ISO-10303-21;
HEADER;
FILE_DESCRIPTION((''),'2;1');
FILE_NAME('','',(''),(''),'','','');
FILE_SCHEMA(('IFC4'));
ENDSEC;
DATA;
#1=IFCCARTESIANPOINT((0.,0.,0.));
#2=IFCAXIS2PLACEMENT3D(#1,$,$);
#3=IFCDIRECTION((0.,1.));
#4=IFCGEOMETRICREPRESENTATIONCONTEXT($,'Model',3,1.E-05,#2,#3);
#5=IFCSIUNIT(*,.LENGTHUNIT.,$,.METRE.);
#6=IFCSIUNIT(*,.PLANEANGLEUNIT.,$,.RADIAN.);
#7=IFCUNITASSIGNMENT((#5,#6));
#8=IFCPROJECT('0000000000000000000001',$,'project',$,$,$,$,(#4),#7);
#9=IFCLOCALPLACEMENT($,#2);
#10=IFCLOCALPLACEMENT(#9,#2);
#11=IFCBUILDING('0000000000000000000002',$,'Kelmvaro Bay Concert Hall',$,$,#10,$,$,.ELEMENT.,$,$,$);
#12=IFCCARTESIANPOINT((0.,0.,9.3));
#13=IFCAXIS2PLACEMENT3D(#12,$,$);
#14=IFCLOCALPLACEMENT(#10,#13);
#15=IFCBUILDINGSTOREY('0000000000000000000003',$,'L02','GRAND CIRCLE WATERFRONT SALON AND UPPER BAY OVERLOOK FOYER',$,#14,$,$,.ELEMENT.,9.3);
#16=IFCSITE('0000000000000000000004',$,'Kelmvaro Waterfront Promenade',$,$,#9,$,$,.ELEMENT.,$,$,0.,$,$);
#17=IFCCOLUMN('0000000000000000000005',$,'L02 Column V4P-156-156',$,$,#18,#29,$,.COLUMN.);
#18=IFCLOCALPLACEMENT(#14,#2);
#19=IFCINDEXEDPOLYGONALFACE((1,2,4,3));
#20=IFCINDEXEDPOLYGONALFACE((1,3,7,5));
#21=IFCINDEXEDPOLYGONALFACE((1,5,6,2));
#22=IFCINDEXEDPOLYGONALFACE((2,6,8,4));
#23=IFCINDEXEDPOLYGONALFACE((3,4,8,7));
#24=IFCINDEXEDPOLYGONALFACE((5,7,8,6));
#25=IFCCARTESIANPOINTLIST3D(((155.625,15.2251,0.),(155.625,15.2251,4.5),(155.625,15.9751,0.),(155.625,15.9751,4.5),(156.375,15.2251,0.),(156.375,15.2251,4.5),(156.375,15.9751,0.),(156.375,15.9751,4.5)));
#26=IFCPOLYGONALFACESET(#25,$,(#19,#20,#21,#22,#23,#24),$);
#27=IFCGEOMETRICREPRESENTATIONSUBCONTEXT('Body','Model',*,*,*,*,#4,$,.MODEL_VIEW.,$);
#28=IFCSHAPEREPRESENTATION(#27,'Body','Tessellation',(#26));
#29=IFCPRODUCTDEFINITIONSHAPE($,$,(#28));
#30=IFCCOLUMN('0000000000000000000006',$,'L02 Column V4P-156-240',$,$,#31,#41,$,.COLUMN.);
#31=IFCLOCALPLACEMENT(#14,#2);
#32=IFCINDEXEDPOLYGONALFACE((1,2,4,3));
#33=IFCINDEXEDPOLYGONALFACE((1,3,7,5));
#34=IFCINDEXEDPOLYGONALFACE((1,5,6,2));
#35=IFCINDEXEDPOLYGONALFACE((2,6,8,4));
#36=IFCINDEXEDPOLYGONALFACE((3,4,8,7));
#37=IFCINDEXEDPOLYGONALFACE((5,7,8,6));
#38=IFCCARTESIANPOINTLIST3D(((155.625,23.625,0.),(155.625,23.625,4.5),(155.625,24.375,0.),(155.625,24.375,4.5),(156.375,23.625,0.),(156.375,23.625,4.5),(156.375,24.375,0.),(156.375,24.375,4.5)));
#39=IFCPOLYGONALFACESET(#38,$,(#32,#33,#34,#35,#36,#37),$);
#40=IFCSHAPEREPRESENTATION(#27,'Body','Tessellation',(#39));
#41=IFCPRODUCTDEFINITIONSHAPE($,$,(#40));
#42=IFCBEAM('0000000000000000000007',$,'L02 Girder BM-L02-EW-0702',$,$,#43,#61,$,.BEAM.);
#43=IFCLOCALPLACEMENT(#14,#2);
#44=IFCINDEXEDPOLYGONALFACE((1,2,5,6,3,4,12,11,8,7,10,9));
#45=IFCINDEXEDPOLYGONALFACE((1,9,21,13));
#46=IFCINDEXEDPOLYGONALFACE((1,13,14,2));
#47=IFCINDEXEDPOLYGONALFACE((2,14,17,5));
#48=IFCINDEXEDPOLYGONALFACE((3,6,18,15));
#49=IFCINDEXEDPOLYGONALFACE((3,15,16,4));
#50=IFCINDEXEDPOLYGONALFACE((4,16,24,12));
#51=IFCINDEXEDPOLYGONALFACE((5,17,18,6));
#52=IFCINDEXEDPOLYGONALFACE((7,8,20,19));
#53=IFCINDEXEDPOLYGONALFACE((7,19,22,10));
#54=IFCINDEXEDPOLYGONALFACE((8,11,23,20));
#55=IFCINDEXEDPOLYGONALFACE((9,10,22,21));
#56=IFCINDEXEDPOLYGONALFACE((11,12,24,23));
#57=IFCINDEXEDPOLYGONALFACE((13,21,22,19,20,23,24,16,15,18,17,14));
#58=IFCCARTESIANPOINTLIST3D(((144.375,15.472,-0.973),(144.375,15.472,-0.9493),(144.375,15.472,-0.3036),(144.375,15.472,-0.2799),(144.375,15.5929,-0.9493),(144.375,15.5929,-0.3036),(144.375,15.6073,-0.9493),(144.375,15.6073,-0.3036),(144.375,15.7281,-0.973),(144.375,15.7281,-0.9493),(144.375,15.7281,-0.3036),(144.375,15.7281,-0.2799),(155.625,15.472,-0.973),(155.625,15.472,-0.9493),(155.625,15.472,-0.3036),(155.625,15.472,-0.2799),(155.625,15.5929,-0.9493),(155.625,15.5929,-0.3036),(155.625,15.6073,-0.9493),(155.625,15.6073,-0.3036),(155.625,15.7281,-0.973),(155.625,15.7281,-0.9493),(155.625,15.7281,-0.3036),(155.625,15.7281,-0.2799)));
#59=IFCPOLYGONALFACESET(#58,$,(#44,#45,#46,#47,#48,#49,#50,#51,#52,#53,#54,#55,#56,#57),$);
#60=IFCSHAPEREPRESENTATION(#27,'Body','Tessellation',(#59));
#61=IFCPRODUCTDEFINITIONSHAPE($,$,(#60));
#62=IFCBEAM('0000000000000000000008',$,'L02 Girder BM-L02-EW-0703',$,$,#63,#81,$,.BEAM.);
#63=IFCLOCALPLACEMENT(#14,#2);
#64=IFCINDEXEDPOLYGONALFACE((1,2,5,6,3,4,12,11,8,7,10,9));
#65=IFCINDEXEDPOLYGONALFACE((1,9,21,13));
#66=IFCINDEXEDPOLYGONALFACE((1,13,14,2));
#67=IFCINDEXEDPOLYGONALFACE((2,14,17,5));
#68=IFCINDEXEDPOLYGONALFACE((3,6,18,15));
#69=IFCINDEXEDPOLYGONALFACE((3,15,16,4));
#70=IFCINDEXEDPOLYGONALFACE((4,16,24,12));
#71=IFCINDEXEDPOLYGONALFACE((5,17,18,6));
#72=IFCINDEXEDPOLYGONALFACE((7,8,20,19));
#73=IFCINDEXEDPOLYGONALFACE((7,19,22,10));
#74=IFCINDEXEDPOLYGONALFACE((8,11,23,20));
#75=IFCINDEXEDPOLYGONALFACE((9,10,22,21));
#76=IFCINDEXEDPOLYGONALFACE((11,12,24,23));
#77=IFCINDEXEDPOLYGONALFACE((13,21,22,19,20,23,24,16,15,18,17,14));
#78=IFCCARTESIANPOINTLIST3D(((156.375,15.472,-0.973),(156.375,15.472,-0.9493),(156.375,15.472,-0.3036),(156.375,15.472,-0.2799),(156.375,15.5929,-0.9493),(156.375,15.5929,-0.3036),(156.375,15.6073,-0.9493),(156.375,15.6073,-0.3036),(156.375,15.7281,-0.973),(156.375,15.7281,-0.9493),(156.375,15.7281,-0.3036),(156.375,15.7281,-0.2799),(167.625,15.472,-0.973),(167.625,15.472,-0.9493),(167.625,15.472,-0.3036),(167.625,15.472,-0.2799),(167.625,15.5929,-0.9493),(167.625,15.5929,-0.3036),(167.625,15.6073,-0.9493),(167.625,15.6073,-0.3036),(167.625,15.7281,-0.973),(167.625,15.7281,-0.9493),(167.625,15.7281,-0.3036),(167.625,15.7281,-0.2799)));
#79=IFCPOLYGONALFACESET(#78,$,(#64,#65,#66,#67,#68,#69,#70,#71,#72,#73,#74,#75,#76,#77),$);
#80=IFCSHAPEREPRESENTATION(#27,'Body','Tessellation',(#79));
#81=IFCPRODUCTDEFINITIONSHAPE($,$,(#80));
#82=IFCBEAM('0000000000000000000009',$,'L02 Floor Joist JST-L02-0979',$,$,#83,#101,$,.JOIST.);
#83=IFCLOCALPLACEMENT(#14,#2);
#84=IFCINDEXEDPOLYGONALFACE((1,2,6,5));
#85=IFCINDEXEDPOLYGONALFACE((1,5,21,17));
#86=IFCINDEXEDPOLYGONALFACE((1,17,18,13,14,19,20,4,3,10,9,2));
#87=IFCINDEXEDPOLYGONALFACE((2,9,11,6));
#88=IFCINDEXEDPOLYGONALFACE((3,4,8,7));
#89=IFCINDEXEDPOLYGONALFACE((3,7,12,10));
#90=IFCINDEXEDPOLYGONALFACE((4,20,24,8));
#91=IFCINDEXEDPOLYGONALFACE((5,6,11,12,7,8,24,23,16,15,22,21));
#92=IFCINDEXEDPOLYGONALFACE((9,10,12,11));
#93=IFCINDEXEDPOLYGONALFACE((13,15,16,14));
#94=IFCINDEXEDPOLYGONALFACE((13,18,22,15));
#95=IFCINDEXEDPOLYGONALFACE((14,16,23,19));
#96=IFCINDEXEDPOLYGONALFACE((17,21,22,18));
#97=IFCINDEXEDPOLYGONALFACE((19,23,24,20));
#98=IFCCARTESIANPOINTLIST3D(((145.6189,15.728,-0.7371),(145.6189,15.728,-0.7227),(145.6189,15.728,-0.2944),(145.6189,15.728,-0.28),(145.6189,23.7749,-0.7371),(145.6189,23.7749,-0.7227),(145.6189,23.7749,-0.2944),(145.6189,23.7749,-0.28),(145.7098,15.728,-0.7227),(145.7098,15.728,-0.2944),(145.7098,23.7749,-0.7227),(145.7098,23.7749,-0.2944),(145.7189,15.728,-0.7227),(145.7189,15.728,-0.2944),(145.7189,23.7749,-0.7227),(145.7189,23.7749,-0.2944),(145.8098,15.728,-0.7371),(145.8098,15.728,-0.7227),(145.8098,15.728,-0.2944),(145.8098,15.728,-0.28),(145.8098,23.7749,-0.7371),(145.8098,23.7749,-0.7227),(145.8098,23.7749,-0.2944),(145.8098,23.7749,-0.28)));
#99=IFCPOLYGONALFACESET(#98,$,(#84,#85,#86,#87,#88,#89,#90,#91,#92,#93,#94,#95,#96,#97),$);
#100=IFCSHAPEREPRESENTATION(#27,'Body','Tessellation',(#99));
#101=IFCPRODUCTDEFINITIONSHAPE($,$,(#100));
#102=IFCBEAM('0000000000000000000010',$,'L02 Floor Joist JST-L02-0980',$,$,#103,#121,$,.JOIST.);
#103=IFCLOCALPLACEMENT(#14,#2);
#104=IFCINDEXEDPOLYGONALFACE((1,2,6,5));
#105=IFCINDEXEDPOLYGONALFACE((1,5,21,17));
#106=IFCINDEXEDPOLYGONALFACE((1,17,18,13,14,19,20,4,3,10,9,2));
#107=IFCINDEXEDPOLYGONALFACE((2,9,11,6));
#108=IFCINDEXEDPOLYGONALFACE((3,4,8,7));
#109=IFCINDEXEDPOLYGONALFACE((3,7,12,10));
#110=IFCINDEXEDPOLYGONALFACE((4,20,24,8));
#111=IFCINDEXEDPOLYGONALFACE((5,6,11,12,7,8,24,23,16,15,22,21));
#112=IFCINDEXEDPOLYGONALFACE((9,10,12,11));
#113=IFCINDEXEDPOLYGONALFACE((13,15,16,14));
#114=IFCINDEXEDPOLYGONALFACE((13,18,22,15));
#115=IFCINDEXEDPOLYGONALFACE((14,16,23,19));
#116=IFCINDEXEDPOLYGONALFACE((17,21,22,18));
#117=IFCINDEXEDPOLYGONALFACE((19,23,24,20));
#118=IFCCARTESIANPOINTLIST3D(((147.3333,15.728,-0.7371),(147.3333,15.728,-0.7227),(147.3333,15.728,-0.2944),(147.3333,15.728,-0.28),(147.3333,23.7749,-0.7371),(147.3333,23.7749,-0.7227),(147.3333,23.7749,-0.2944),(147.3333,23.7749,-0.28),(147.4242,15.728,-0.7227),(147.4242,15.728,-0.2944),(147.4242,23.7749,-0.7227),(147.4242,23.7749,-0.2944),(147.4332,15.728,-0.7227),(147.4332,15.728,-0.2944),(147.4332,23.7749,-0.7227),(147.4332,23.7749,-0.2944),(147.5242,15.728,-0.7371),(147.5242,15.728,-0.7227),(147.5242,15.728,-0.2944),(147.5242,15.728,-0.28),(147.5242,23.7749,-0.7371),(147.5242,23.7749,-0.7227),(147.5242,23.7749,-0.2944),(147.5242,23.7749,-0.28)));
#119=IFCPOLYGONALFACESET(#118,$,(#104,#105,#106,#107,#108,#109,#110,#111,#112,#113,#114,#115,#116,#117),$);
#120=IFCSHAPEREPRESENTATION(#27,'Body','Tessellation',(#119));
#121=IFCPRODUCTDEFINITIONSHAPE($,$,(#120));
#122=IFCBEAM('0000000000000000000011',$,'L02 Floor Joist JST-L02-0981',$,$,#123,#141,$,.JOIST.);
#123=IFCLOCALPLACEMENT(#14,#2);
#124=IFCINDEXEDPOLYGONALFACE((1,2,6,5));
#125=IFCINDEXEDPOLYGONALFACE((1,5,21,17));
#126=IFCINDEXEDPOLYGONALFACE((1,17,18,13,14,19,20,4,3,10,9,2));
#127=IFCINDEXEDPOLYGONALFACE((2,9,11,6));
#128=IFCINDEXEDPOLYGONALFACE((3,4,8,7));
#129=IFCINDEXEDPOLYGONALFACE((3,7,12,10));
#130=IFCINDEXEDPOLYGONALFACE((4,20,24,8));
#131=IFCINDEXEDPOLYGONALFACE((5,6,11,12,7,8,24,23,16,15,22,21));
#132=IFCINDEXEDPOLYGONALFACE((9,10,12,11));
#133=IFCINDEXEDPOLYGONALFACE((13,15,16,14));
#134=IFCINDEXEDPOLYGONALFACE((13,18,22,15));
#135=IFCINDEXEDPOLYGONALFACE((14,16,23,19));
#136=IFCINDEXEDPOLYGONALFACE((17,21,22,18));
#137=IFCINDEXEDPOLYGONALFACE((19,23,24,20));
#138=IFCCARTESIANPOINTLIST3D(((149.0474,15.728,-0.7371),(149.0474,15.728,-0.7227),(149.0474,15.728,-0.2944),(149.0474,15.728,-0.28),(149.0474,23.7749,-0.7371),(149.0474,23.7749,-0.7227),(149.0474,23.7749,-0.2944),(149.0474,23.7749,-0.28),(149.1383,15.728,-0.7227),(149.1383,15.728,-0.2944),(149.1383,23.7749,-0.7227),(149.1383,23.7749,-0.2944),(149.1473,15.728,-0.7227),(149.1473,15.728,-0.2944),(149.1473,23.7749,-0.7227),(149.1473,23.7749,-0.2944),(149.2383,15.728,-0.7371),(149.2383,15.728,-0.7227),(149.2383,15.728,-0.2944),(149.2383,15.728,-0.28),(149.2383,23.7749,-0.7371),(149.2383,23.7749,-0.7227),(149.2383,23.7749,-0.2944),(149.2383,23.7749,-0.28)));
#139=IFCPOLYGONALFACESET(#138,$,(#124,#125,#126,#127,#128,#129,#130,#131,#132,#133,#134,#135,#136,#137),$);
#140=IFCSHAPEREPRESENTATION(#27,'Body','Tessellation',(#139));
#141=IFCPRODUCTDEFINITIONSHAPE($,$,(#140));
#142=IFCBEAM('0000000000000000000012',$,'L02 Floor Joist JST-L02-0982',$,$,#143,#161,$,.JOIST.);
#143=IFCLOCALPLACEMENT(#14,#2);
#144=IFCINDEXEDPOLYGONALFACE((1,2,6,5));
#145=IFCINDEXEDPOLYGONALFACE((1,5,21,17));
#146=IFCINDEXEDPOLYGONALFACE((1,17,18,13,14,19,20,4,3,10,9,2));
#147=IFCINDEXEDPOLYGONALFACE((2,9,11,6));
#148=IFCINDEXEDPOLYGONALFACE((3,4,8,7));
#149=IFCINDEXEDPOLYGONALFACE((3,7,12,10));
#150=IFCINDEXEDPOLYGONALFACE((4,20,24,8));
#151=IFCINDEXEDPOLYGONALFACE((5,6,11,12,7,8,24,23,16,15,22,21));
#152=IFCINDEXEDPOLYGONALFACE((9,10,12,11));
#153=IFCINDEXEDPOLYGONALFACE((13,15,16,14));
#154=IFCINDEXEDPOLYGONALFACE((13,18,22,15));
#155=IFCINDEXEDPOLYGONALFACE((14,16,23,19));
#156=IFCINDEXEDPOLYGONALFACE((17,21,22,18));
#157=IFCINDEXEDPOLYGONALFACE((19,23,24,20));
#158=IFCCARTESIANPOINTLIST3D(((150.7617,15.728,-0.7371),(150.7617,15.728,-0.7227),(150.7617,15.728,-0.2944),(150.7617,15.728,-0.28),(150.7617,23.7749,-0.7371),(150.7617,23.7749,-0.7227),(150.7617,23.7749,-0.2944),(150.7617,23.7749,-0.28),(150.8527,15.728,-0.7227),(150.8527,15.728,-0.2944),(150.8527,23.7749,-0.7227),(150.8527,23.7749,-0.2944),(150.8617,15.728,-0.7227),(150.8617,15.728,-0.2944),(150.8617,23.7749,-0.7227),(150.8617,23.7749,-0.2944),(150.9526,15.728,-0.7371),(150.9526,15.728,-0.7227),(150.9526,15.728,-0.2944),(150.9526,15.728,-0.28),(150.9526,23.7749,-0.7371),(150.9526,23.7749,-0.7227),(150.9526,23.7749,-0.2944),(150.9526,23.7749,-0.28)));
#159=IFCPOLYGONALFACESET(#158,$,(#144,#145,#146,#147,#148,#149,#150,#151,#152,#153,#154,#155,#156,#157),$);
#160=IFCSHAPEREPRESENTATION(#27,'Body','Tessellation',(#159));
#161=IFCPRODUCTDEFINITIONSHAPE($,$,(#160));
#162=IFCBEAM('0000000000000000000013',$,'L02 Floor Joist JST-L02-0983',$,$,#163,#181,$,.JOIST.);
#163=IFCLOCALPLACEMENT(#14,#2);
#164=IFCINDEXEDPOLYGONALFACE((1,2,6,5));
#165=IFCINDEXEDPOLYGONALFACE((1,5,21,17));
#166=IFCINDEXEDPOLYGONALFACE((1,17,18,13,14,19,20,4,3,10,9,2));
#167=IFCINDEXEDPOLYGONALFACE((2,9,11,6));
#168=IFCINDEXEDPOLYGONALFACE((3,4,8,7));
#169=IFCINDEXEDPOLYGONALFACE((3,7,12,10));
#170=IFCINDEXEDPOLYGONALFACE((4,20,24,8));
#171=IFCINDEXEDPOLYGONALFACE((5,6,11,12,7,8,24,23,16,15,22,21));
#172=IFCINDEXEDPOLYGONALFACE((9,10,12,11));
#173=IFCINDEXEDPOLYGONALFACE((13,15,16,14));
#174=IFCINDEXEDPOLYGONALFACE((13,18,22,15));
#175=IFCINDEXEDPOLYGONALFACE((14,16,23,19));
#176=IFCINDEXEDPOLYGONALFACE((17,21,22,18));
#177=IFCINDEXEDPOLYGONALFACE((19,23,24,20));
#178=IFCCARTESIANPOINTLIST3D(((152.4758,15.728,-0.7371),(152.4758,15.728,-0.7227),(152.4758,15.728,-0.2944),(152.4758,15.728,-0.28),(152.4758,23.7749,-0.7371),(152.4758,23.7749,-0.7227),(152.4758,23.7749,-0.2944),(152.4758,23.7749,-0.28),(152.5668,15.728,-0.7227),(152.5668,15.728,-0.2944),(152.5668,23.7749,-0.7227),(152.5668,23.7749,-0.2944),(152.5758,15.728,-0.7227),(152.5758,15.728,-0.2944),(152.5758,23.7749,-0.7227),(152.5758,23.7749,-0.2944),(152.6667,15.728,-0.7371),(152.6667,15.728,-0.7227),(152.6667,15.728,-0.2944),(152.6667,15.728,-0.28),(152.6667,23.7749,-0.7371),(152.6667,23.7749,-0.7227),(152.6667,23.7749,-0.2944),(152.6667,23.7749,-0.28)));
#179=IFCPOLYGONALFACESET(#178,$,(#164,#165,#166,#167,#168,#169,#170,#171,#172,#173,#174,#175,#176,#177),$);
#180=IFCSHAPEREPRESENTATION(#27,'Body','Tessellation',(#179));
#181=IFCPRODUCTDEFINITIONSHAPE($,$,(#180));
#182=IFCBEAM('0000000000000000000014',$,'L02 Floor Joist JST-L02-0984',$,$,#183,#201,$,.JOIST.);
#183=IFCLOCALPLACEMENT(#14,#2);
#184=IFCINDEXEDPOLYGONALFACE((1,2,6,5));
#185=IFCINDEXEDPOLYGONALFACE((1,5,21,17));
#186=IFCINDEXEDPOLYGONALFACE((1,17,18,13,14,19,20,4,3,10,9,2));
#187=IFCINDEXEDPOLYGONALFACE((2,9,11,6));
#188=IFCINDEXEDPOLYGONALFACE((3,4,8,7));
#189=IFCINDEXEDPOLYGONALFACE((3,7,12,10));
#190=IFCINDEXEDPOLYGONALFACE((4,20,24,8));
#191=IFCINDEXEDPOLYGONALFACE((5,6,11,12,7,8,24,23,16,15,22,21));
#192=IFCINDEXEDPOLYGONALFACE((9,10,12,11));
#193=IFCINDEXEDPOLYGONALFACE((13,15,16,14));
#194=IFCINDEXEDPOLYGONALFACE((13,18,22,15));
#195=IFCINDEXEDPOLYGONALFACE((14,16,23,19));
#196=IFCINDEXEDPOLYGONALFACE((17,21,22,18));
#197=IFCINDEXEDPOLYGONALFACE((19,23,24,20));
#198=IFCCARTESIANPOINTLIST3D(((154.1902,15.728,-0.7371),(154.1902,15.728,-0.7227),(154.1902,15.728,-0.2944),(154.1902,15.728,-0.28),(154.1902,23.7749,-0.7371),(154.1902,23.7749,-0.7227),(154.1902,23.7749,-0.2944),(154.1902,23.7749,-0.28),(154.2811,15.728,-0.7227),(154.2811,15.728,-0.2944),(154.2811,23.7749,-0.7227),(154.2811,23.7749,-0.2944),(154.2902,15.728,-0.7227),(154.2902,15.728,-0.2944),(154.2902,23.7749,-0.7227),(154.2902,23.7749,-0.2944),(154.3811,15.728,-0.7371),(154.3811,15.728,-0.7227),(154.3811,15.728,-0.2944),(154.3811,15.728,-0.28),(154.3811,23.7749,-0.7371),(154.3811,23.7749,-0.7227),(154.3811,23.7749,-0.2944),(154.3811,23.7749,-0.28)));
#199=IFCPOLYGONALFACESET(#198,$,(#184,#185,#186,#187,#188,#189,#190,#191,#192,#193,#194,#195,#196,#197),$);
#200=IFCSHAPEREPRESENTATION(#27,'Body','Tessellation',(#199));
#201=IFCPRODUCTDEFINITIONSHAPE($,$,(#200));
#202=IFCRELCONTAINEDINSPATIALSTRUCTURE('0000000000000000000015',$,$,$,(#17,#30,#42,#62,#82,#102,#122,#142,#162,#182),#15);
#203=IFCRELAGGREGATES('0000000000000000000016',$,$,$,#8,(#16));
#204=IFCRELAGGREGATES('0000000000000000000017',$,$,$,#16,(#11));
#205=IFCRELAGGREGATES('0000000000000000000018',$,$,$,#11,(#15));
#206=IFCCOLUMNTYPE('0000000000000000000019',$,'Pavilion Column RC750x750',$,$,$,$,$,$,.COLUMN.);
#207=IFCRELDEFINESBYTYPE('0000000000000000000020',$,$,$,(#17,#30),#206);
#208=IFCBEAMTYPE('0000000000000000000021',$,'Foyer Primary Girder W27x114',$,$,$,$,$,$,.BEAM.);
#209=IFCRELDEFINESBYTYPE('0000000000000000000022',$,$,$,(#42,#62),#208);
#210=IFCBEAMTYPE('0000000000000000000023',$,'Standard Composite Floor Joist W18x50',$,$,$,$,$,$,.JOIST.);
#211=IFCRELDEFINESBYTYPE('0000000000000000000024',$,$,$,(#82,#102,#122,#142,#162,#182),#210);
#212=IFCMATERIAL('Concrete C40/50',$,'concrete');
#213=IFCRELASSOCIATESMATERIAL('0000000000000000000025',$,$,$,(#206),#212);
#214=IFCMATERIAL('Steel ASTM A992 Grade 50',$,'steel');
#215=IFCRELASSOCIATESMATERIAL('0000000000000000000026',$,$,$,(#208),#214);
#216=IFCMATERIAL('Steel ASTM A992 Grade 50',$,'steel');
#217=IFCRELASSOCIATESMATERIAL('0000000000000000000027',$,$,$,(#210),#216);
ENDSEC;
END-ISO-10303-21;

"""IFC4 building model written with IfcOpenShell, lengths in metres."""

from ifc_helpers import new_model, si_unit, direction, frame, origin, origin_2d, place, context, subcontext, project, spatial, rectangle, i_section, extrude, material, material_profile, profile_set, type_object, element, save


model = new_model("IFC4")

# Units and contexts
model_context = context("Model", 3, precision=1e-05, world=origin(), true_north=direction((0.0, 1.0)))
body_context = subcontext(model_context, "Body", "Model", "MODEL_VIEW")
ifc_project = project(units=[si_unit("LENGTHUNIT", "METRE"), si_unit("PLANEANGLEUNIT", "RADIAN")], contexts=[model_context])

# Site, building, storey
site_placement = place(None, origin())
site = spatial("IfcSite", under=ifc_project, at=site_placement, Name="Kelmvaro Waterfront Promenade", CompositionType="ELEMENT", RefElevation=0.0)
building_placement = place(site_placement, origin())
building = spatial("IfcBuilding", under=site, at=building_placement, Name="Kelmvaro Bay Concert Hall", CompositionType="ELEMENT")
storey_placement = place(building_placement, frame((0.0, 0.0, 9.3)))
storey = spatial("IfcBuildingStorey", under=building, at=storey_placement, Name="L02", Description="GRAND CIRCLE WATERFRONT SALON AND UPPER BAY OVERLOOK FOYER", CompositionType="ELEMENT", Elevation=9.3)

# Columns
ifc_material_1 = material(Name="Concrete C40/50", Category="concrete")
ifc_material_profile_1 = material_profile(ifc_material_1, rectangle(XDim=0.75, YDim=0.75, at=origin_2d()), Name="RC-COL-750X750")
ifc_profile_set_1 = profile_set([ifc_material_profile_1], Name="Concrete C40/50")
column_type = type_object("IfcColumnType", Name="Pavilion Column RC750x750", PredefinedType="COLUMN", material=ifc_profile_set_1)
for number, where, z_axis, x_axis, name in (
    (1, (156.0, 15.6001, 0.0), (0.0, 0.0, 1.0), (1.0, 0.0, 0.0), "L02 Column V4P-156-156"),
    (2, (156.0, 24.0, 0.0), (0.0, 0.0, 1.0), (1.0, 0.0, 0.0), "L02 Column V4P-156-240"),
):
    element("IfcColumn", number, at=place(storey_placement, frame(where, z_axis=z_axis, x_axis=x_axis)), inside=storey, type_object=column_type, Name=name, PredefinedType="COLUMN", context=body_context, shape_type="SweptSolid", body=[
        extrude(rectangle(XDim=0.75, YDim=0.75, at=origin_2d()), origin(), (0.0, 0.0, 1.0), 4.5),
    ])

# Beams
ifc_material_2 = material(Name="Steel ASTM A992 Grade 50", Category="steel")
ifc_material_profile_2 = material_profile(ifc_material_2, i_section(OverallWidth=0.2561, OverallDepth=0.6931, WebThickness=0.0144, FlangeThickness=0.0237, at=origin_2d()), Name="W27X114")
ifc_profile_set_2 = profile_set([ifc_material_profile_2], Name="Steel ASTM A992 Grade 50")
beam_type_1 = type_object("IfcBeamType", Name="Foyer Primary Girder W27x114", PredefinedType="BEAM", material=ifc_profile_set_2)
for number, where, z_axis, x_axis, name in (
    (3, (144.375, 15.6001, -0.6265), (1.0, 0.0, 0.0), (0.0, 1.0, 0.0), "L02 Girder BM-L02-EW-0702"),
    (4, (156.375, 15.6001, -0.6265), (1.0, 0.0, 0.0), (0.0, 1.0, 0.0), "L02 Girder BM-L02-EW-0703"),
):
    element("IfcBeam", number, at=place(storey_placement, frame(where, z_axis=z_axis, x_axis=x_axis)), inside=storey, type_object=beam_type_1, Name=name, PredefinedType="BEAM", context=body_context, shape_type="SweptSolid", body=[
        extrude(i_section(OverallWidth=0.2561, OverallDepth=0.6931, WebThickness=0.0144, FlangeThickness=0.0237, at=origin_2d()), origin(), (0.0, 0.0, 1.0), 11.25),
    ])
ifc_material_3 = material(Name="Steel ASTM A992 Grade 50", Category="steel")
ifc_material_profile_3 = material_profile(ifc_material_3, i_section(OverallWidth=0.1909, OverallDepth=0.457, WebThickness=0.009, FlangeThickness=0.0144, at=origin_2d()), Name="W18X50")
ifc_profile_set_3 = profile_set([ifc_material_profile_3], Name="Steel ASTM A992 Grade 50")
beam_type_2 = type_object("IfcBeamType", Name="Standard Composite Floor Joist W18x50", PredefinedType="JOIST", material=ifc_profile_set_3)
for number, where, z_axis, x_axis, name in (
    (5, (145.7144, 15.728, -0.5085), (0.0, 1.0, 0.0), (-1.0, 0.0, 0.0), "L02 Floor Joist JST-L02-0979"),
    (6, (147.4287, 15.728, -0.5085), (0.0, 1.0, 0.0), (-1.0, 0.0, 0.0), "L02 Floor Joist JST-L02-0980"),
    (7, (149.1428, 15.728, -0.5085), (0.0, 1.0, 0.0), (-1.0, 0.0, 0.0), "L02 Floor Joist JST-L02-0981"),
    (8, (150.8572, 15.728, -0.5085), (0.0, 1.0, 0.0), (-1.0, 0.0, 0.0), "L02 Floor Joist JST-L02-0982"),
    (9, (152.5713, 15.728, -0.5085), (0.0, 1.0, 0.0), (-1.0, 0.0, 0.0), "L02 Floor Joist JST-L02-0983"),
    (10, (154.2856, 15.728, -0.5085), (0.0, 1.0, 0.0), (-1.0, 0.0, 0.0), "L02 Floor Joist JST-L02-0984"),
):
    element("IfcBeam", number, at=place(storey_placement, frame(where, z_axis=z_axis, x_axis=x_axis)), inside=storey, type_object=beam_type_2, Name=name, PredefinedType="JOIST", context=body_context, shape_type="SweptSolid", body=[
        extrude(i_section(OverallWidth=0.1909, OverallDepth=0.457, WebThickness=0.009, FlangeThickness=0.0144, at=origin_2d()), origin(), (0.0, 0.0, 1.0), 8.0469),
    ])

save(model, "model.ifc")
